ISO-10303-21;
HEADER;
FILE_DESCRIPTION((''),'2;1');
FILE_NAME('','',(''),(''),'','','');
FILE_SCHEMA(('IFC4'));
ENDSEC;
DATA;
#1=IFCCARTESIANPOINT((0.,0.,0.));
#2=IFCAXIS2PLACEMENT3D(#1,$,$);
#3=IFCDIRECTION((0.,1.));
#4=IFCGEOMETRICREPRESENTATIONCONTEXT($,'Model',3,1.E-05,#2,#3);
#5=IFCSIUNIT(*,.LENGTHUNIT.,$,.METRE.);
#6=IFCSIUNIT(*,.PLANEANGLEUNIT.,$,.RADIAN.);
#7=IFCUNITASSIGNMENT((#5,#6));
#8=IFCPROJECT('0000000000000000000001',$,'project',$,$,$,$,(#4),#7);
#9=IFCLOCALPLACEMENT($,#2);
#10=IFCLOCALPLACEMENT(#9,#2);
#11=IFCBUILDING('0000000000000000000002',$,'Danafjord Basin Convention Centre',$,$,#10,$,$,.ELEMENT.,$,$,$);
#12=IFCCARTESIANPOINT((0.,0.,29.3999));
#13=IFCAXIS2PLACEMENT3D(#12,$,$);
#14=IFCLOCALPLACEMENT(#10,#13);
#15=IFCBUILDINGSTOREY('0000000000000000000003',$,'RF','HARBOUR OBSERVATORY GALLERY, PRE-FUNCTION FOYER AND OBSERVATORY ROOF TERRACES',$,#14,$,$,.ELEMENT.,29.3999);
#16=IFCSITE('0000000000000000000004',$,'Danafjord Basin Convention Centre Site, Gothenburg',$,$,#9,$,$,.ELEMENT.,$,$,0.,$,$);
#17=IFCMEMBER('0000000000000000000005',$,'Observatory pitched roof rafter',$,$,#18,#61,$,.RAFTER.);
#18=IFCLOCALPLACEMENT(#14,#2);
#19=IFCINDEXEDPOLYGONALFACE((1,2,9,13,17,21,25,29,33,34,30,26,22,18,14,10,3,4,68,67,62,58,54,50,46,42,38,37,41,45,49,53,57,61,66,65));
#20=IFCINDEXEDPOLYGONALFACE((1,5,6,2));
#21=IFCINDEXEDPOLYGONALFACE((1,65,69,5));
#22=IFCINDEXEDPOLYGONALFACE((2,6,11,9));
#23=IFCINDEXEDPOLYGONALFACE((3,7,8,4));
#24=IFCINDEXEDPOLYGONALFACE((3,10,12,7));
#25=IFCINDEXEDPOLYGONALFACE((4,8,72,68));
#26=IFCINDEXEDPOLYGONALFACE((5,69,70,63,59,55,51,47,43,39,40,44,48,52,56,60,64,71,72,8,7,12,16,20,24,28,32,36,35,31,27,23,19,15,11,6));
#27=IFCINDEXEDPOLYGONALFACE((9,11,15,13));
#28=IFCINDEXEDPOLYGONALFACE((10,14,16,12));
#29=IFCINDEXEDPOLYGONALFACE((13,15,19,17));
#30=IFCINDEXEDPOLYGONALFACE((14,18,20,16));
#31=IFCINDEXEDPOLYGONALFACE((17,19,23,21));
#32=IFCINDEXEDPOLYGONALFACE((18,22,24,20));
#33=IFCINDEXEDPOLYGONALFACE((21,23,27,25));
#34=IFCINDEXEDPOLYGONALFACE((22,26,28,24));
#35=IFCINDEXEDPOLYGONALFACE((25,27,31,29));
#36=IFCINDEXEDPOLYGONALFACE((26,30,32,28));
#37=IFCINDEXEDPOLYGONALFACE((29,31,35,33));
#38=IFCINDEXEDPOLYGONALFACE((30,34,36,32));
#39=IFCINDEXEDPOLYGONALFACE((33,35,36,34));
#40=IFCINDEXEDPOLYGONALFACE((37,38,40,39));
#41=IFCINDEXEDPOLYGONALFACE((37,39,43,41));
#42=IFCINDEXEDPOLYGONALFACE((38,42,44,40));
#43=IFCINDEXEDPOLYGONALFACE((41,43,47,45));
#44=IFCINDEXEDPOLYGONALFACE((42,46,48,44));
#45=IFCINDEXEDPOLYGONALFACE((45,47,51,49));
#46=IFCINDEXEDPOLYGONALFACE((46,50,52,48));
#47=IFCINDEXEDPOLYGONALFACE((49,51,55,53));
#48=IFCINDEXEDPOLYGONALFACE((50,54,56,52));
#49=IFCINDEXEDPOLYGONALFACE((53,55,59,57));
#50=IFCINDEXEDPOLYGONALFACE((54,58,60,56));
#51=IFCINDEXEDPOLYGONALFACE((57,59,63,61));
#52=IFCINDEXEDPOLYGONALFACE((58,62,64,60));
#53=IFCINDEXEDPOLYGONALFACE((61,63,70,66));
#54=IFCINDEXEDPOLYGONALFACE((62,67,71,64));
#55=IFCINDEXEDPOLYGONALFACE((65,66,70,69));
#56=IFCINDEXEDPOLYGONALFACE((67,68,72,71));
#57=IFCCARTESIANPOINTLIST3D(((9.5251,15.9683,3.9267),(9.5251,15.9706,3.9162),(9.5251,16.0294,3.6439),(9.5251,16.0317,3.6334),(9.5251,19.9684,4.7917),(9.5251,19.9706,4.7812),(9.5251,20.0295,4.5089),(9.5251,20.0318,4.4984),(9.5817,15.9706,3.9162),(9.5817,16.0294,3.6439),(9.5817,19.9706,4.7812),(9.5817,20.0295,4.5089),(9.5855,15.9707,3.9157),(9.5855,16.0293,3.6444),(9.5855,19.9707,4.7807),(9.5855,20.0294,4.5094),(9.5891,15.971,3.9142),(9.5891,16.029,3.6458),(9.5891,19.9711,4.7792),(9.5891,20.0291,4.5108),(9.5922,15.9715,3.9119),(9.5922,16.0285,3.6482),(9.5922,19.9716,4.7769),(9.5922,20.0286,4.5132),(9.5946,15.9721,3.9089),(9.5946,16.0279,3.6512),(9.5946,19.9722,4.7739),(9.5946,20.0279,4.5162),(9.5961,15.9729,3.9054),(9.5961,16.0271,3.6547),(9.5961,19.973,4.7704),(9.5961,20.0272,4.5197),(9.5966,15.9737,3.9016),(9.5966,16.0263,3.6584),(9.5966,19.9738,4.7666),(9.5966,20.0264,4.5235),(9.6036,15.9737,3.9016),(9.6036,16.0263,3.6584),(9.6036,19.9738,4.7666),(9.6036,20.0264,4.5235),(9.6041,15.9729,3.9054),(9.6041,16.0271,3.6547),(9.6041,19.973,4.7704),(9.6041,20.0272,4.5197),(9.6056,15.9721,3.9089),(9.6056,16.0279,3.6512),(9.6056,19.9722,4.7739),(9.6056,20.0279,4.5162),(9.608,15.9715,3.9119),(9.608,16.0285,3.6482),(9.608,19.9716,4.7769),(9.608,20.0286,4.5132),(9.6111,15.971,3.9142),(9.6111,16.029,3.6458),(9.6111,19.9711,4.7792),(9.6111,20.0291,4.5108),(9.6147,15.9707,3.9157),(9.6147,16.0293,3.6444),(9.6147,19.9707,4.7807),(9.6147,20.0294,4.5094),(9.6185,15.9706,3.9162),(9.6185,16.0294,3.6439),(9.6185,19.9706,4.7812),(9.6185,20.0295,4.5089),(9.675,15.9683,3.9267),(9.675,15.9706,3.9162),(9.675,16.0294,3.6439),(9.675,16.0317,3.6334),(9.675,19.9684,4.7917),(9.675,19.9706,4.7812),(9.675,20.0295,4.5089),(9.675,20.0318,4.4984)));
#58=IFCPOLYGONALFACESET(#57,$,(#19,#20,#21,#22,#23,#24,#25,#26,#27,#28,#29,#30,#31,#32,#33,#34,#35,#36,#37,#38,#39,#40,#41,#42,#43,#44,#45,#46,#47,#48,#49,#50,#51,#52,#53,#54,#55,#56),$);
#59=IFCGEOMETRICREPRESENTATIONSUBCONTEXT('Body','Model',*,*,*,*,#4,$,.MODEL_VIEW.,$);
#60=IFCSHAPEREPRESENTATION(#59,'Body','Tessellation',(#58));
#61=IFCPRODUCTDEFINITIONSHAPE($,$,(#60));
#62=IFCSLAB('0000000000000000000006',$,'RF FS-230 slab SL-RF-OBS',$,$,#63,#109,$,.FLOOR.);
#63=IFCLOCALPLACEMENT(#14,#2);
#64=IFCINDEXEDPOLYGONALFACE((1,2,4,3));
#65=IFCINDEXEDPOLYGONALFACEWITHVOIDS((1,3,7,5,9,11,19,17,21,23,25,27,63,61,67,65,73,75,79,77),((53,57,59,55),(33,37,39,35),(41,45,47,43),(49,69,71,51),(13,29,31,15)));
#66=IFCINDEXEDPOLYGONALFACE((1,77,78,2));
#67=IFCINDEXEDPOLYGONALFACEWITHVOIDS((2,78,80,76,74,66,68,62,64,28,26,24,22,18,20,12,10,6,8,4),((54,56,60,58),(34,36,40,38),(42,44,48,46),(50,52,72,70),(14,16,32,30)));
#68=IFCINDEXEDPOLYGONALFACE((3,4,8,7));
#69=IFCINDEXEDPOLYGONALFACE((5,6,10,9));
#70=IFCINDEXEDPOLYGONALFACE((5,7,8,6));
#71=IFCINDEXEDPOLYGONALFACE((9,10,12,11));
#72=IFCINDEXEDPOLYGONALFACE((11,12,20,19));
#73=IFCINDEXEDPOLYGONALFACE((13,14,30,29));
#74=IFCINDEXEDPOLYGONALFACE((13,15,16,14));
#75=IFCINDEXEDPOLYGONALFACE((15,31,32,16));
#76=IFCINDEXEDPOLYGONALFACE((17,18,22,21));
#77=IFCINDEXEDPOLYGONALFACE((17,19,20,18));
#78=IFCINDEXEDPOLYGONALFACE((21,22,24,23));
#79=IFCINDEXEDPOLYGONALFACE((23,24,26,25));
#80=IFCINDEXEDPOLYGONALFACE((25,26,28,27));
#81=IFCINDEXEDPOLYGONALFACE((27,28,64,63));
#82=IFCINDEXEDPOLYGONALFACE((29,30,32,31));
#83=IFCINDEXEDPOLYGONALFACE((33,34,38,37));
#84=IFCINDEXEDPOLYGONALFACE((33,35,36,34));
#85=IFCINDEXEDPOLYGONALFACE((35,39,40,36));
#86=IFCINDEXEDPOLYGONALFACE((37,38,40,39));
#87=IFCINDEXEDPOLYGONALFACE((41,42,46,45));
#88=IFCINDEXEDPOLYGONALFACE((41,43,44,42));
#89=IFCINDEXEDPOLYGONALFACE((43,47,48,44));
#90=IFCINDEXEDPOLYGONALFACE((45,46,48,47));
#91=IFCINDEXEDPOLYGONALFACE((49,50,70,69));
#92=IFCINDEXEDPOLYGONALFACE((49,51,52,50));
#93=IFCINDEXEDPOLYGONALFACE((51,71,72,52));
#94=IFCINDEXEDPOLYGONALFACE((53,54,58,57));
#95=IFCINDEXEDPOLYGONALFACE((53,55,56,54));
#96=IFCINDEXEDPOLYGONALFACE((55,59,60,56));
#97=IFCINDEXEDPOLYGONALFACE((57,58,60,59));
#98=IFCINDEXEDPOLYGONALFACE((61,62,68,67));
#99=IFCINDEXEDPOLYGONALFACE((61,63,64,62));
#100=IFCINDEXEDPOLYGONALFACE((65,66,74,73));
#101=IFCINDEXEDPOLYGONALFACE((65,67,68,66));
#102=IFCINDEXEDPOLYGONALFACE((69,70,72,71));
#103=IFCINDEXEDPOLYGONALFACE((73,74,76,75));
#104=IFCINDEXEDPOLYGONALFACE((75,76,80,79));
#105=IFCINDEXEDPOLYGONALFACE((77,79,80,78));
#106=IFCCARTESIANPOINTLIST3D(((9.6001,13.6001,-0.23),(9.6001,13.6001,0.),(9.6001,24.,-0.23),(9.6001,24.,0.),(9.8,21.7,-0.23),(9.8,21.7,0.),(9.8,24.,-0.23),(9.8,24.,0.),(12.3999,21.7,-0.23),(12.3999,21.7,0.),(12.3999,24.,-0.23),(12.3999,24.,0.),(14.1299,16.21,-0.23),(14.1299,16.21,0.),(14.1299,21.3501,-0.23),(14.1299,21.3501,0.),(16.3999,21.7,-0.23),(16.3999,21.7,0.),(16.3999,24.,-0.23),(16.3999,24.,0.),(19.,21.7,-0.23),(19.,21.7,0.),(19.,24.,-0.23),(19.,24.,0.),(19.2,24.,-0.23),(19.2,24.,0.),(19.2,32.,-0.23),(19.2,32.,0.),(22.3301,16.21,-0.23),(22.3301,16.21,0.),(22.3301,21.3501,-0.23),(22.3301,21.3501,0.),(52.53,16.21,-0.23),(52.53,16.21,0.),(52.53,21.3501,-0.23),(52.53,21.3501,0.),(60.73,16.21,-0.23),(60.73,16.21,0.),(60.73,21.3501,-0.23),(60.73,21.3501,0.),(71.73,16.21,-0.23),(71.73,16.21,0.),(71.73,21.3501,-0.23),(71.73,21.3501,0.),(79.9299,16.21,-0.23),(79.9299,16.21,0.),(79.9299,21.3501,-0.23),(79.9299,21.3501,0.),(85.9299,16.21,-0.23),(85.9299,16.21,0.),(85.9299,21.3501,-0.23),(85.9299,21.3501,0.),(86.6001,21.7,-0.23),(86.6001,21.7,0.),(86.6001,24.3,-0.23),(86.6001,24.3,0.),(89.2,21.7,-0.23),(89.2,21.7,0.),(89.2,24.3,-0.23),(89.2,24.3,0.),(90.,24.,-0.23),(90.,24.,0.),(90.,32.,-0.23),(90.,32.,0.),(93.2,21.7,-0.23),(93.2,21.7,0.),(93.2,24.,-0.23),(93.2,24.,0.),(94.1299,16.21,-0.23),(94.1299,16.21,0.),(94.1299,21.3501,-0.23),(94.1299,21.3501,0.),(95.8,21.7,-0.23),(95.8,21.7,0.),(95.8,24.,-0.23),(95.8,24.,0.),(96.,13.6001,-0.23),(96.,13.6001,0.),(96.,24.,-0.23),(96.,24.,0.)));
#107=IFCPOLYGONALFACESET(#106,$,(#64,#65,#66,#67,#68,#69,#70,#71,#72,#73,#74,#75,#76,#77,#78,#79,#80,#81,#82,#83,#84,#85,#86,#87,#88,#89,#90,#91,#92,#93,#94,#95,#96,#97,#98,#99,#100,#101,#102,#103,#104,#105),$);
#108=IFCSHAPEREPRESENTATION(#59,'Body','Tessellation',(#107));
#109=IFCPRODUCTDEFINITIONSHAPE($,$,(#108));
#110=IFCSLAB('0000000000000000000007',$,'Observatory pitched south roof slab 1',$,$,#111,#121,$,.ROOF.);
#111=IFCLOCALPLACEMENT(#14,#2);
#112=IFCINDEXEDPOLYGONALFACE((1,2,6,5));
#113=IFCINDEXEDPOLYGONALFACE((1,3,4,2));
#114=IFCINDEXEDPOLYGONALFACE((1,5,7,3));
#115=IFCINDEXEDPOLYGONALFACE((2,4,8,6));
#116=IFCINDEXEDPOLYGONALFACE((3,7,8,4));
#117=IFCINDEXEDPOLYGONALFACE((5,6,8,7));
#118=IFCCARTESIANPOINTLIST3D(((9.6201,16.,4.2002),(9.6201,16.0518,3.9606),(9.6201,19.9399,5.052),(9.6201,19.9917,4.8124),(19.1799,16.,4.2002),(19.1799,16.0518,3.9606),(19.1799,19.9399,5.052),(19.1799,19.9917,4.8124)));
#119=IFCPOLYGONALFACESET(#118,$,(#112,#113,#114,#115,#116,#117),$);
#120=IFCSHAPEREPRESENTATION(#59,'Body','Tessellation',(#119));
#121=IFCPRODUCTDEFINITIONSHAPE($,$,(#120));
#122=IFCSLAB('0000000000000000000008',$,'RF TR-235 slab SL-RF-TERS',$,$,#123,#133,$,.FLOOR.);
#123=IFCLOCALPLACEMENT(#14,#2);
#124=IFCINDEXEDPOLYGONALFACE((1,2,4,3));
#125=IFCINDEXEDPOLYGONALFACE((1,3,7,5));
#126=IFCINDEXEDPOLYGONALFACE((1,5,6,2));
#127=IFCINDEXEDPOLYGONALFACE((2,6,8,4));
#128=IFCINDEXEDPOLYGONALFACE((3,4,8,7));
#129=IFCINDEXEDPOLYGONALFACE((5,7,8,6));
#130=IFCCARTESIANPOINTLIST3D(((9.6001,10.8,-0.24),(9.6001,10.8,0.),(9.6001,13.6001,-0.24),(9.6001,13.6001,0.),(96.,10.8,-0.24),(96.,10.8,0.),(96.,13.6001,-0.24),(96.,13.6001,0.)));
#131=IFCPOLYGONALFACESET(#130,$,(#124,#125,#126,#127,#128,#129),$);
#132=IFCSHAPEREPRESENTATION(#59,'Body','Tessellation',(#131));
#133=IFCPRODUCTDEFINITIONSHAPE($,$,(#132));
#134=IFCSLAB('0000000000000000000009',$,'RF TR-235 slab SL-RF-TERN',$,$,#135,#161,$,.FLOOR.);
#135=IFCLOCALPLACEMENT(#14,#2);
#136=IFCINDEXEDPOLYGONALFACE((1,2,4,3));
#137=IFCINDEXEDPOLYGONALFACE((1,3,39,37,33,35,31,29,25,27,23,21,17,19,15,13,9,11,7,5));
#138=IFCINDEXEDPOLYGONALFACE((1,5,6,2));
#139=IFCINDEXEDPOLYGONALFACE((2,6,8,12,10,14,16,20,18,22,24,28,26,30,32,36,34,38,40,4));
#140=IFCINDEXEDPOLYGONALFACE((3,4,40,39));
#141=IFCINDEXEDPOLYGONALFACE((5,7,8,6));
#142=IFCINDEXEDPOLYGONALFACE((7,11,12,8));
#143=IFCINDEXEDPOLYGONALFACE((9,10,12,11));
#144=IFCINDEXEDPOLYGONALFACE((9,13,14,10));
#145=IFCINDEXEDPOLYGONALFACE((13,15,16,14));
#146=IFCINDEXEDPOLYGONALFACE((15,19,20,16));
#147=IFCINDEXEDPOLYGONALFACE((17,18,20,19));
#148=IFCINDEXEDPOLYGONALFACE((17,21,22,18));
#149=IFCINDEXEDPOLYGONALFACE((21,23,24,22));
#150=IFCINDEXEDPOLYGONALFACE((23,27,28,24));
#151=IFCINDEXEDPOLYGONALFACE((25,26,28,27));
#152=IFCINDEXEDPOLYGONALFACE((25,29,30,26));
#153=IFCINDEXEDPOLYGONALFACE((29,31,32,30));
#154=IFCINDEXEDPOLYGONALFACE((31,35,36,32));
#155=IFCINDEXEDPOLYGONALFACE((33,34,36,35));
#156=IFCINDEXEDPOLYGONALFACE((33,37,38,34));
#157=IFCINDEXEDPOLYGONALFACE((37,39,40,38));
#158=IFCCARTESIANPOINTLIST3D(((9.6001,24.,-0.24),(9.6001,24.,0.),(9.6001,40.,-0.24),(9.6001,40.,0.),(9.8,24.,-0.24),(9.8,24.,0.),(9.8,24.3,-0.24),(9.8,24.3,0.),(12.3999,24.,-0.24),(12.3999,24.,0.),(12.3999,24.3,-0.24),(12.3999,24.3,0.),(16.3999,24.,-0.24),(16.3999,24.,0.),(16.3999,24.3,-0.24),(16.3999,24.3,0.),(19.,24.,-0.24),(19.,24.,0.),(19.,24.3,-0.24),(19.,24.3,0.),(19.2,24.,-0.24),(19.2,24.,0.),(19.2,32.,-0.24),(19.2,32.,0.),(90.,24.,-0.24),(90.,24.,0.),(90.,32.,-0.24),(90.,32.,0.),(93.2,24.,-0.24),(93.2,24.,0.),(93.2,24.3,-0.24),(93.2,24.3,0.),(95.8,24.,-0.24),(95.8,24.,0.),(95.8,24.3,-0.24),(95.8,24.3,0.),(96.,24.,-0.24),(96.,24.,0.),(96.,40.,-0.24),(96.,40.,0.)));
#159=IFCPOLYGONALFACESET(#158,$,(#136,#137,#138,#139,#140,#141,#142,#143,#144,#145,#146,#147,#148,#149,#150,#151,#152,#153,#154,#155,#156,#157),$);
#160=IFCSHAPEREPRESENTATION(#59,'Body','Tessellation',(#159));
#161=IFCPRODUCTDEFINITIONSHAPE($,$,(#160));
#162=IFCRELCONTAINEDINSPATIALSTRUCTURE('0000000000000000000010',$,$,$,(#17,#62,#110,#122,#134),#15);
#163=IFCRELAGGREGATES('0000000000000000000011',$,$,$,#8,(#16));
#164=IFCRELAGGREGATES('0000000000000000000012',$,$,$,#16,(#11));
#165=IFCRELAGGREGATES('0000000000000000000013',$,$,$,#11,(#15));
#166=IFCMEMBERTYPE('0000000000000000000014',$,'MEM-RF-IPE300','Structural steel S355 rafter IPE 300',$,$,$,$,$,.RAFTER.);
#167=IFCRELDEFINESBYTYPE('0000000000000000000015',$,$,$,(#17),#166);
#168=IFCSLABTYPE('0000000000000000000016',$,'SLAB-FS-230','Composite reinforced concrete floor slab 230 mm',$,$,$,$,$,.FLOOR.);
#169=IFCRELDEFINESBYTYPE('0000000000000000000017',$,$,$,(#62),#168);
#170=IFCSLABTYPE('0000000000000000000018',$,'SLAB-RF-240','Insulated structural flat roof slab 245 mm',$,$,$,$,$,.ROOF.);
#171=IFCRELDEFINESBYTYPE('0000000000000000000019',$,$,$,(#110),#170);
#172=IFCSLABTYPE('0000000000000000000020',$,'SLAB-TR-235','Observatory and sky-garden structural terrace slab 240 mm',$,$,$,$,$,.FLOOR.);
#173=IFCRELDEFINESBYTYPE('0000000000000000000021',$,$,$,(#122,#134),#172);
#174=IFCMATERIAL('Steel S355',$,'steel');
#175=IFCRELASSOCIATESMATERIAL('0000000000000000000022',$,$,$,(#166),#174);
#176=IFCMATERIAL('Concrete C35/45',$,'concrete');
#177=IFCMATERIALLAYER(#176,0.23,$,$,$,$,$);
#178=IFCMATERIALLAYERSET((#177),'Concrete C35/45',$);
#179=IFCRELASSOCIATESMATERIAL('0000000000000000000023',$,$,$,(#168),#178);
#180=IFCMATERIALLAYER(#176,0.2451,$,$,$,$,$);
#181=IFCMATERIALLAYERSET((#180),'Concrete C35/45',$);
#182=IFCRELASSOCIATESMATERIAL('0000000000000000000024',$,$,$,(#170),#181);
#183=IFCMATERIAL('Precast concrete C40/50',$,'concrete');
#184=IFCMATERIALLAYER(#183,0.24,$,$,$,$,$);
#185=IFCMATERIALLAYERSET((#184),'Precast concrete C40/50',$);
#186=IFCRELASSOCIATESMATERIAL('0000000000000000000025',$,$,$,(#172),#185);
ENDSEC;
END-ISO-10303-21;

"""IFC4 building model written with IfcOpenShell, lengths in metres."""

from ifc_helpers import new_model, si_unit, direction, frame, origin, origin_2d, place, context, subcontext, project, spatial, polyline, i_section, outline, extrude, material, layer, layer_set, material_profile, profile_set, type_object, element, save


model = new_model("IFC4")

# Units and contexts
model_context = context("Model", 3, precision=1e-05, world=origin(), true_north=direction((0.0, 1.0)))
body_context = subcontext(model_context, "Body", "Model", "MODEL_VIEW")
ifc_project = project(units=[si_unit("LENGTHUNIT", "METRE"), si_unit("PLANEANGLEUNIT", "RADIAN")], contexts=[model_context])

# Site, building, storey
site_placement = place(None, origin())
site = spatial("IfcSite", under=ifc_project, at=site_placement, Name="Danafjord Basin Convention Centre Site, Gothenburg", CompositionType="ELEMENT", RefElevation=0.0)
building_placement = place(site_placement, origin())
building = spatial("IfcBuilding", under=site, at=building_placement, Name="Danafjord Basin Convention Centre", CompositionType="ELEMENT")
storey_placement = place(building_placement, frame((0.0, 0.0, 29.3999)))
storey = spatial("IfcBuildingStorey", under=building, at=storey_placement, Name="RF", Description="HARBOUR OBSERVATORY GALLERY, PRE-FUNCTION FOYER AND OBSERVATORY ROOF TERRACES", CompositionType="ELEMENT", Elevation=29.3999)

# Shared definitions
ifc_material_1 = material(Name="Steel S355", Category="steel")

# Member
ifc_material_profile_1 = material_profile(ifc_material_1, i_section(OverallWidth=0.1499, OverallDepth=0.3, WebThickness=0.0071, FlangeThickness=0.0107, FilletRadius=0.0149, at=origin_2d()), Name="IPE 300")
ifc_profile_set_1 = profile_set([ifc_material_profile_1], Name="Steel S355")
member_type_1 = type_object("IfcMemberType", Name="MEM-RF-IPE300", Description="Structural steel S355 rafter IPE 300", PredefinedType="RAFTER", material=ifc_profile_set_1)
member_1_placement = place(storey_placement, frame((9.6001, 16.0, 3.78), z_axis=(0.0, 0.977408, 0.211362), x_axis=(-1.0, 0.0, 0.0)))
element("IfcMember", 1, at=member_1_placement, inside=storey, type_object=member_type_1, Name="Observatory pitched roof rafter", PredefinedType="RAFTER", context=body_context, shape_type="SweptSolid", body=[
    extrude(i_section(OverallWidth=0.1499, OverallDepth=0.3, WebThickness=0.0071, FlangeThickness=0.0107, FilletRadius=0.0149, at=origin_2d()), origin(), (0.0, 0.0, 1.0), 4.0925),
])

# Slabs
ifc_material_2 = material(Name="Concrete C35/45", Category="concrete")
ifc_layer_1 = layer(ifc_material_2, 0.23)
ifc_layer_set_1 = layer_set([ifc_layer_1], Name="Concrete C35/45")
slab_type_1 = type_object("IfcSlabType", Name="SLAB-FS-230", Description="Composite reinforced concrete floor slab 230 mm", PredefinedType="FLOOR", material=ifc_layer_set_1)
slab_1_placement = place(storey_placement, frame((0.0, 0.0, -0.23)))
element("IfcSlab", 2, at=slab_1_placement, inside=storey, type_object=slab_type_1, Name="RF FS-230 slab SL-RF-OBS", PredefinedType="FLOOR", context=body_context, shape_type="SweptSolid", body=[
    extrude(outline(polyline([(9.8, 24.0), (9.8, 21.7), (12.3999, 21.7), (12.3999, 24.0), (16.3999, 24.0), (16.3999, 21.7), (19.0, 21.7), (19.0, 24.0), (19.2, 24.0), (19.2, 32.0), (90.0, 32.0), (90.0, 24.0), (93.2, 24.0), (93.2, 21.7), (95.8, 21.7), (95.8, 24.0), (96.0, 24.0), (96.0, 13.6001), (9.6001, 13.6001), (9.6001, 24.0), (9.8, 24.0)]), holes=[polyline([(85.9299, 16.21), (94.1299, 16.21), (94.1299, 21.3501), (85.9299, 21.3501), (85.9299, 16.21)]), polyline([(86.6001, 21.7), (89.2, 21.7), (89.2, 24.3), (86.6001, 24.3), (86.6001, 21.7)]), polyline([(79.9299, 16.21), (79.9299, 21.3501), (71.73, 21.3501), (71.73, 16.21), (79.9299, 16.21)]), polyline([(60.73, 16.21), (60.73, 21.3501), (52.53, 21.3501), (52.53, 16.21), (60.73, 16.21)]), polyline([(22.3301, 16.21), (22.3301, 21.3501), (14.1299, 21.3501), (14.1299, 16.21), (22.3301, 16.21)])]), origin(), (0.0, 0.0, 1.0), 0.23),
])
ifc_layer_2 = layer(ifc_material_2, 0.2451)
ifc_layer_set_2 = layer_set([ifc_layer_2], Name="Concrete C35/45")
slab_type_2 = type_object("IfcSlabType", Name="SLAB-RF-240", Description="Insulated structural flat roof slab 245 mm", PredefinedType="ROOF", material=ifc_layer_set_2)
slab_2_placement = place(storey_placement, frame((9.6201, 16.0, 4.2002), z_axis=(0.0, -0.211316, 0.977418), x_axis=(1.0, 0.0, 0.0)))
element("IfcSlab", 3, at=slab_2_placement, inside=storey, type_object=slab_type_2, Name="Observatory pitched south roof slab 1", PredefinedType="ROOF", context=body_context, shape_type="SweptSolid", body=[
    extrude(outline(polyline([(0.0, 0.0), (9.5598, 0.0), (9.5598, 4.031), (0.0, 4.031), (0.0, 0.0)])), origin(), (0.0, 0.0, -1.0), 0.2451),
])
ifc_material_3 = material(Name="Precast concrete C40/50", Category="concrete")
ifc_layer_3 = layer(ifc_material_3, 0.24)
ifc_layer_set_3 = layer_set([ifc_layer_3], Name="Precast concrete C40/50")
slab_type_3 = type_object("IfcSlabType", Name="SLAB-TR-235", Description="Observatory and sky-garden structural terrace slab 240 mm", PredefinedType="FLOOR", material=ifc_layer_set_3)
slab_3_placement = place(storey_placement, frame((0.0, 0.0, -0.24)))
element("IfcSlab", 4, at=slab_3_placement, inside=storey, type_object=slab_type_3, Name="RF TR-235 slab SL-RF-TERS", PredefinedType="FLOOR", context=body_context, shape_type="SweptSolid", body=[
    extrude(outline(polyline([(9.6001, 10.8), (9.6001, 13.6001), (96.0, 13.6001), (96.0, 10.8), (9.6001, 10.8)])), origin(), (0.0, 0.0, 1.0), 0.24),
])
slab_4_placement = place(storey_placement, frame((0.0, 0.0, -0.24)))
element("IfcSlab", 5, at=slab_4_placement, inside=storey, type_object=slab_type_3, Name="RF TR-235 slab SL-RF-TERN", PredefinedType="FLOOR", context=body_context, shape_type="SweptSolid", body=[
    extrude(outline(polyline([(9.6001, 40.0), (96.0, 40.0), (96.0, 24.0), (95.8, 24.0), (95.8, 24.3), (93.2, 24.3), (93.2, 24.0), (90.0, 24.0), (90.0, 32.0), (19.2, 32.0), (19.2, 24.0), (19.0, 24.0), (19.0, 24.3), (16.3999, 24.3), (16.3999, 24.0), (12.3999, 24.0), (12.3999, 24.3), (9.8, 24.3), (9.8, 24.0), (9.6001, 24.0), (9.6001, 40.0)])), origin(), (0.0, 0.0, 1.0), 0.24),
])

save(model, "model.ifc")
